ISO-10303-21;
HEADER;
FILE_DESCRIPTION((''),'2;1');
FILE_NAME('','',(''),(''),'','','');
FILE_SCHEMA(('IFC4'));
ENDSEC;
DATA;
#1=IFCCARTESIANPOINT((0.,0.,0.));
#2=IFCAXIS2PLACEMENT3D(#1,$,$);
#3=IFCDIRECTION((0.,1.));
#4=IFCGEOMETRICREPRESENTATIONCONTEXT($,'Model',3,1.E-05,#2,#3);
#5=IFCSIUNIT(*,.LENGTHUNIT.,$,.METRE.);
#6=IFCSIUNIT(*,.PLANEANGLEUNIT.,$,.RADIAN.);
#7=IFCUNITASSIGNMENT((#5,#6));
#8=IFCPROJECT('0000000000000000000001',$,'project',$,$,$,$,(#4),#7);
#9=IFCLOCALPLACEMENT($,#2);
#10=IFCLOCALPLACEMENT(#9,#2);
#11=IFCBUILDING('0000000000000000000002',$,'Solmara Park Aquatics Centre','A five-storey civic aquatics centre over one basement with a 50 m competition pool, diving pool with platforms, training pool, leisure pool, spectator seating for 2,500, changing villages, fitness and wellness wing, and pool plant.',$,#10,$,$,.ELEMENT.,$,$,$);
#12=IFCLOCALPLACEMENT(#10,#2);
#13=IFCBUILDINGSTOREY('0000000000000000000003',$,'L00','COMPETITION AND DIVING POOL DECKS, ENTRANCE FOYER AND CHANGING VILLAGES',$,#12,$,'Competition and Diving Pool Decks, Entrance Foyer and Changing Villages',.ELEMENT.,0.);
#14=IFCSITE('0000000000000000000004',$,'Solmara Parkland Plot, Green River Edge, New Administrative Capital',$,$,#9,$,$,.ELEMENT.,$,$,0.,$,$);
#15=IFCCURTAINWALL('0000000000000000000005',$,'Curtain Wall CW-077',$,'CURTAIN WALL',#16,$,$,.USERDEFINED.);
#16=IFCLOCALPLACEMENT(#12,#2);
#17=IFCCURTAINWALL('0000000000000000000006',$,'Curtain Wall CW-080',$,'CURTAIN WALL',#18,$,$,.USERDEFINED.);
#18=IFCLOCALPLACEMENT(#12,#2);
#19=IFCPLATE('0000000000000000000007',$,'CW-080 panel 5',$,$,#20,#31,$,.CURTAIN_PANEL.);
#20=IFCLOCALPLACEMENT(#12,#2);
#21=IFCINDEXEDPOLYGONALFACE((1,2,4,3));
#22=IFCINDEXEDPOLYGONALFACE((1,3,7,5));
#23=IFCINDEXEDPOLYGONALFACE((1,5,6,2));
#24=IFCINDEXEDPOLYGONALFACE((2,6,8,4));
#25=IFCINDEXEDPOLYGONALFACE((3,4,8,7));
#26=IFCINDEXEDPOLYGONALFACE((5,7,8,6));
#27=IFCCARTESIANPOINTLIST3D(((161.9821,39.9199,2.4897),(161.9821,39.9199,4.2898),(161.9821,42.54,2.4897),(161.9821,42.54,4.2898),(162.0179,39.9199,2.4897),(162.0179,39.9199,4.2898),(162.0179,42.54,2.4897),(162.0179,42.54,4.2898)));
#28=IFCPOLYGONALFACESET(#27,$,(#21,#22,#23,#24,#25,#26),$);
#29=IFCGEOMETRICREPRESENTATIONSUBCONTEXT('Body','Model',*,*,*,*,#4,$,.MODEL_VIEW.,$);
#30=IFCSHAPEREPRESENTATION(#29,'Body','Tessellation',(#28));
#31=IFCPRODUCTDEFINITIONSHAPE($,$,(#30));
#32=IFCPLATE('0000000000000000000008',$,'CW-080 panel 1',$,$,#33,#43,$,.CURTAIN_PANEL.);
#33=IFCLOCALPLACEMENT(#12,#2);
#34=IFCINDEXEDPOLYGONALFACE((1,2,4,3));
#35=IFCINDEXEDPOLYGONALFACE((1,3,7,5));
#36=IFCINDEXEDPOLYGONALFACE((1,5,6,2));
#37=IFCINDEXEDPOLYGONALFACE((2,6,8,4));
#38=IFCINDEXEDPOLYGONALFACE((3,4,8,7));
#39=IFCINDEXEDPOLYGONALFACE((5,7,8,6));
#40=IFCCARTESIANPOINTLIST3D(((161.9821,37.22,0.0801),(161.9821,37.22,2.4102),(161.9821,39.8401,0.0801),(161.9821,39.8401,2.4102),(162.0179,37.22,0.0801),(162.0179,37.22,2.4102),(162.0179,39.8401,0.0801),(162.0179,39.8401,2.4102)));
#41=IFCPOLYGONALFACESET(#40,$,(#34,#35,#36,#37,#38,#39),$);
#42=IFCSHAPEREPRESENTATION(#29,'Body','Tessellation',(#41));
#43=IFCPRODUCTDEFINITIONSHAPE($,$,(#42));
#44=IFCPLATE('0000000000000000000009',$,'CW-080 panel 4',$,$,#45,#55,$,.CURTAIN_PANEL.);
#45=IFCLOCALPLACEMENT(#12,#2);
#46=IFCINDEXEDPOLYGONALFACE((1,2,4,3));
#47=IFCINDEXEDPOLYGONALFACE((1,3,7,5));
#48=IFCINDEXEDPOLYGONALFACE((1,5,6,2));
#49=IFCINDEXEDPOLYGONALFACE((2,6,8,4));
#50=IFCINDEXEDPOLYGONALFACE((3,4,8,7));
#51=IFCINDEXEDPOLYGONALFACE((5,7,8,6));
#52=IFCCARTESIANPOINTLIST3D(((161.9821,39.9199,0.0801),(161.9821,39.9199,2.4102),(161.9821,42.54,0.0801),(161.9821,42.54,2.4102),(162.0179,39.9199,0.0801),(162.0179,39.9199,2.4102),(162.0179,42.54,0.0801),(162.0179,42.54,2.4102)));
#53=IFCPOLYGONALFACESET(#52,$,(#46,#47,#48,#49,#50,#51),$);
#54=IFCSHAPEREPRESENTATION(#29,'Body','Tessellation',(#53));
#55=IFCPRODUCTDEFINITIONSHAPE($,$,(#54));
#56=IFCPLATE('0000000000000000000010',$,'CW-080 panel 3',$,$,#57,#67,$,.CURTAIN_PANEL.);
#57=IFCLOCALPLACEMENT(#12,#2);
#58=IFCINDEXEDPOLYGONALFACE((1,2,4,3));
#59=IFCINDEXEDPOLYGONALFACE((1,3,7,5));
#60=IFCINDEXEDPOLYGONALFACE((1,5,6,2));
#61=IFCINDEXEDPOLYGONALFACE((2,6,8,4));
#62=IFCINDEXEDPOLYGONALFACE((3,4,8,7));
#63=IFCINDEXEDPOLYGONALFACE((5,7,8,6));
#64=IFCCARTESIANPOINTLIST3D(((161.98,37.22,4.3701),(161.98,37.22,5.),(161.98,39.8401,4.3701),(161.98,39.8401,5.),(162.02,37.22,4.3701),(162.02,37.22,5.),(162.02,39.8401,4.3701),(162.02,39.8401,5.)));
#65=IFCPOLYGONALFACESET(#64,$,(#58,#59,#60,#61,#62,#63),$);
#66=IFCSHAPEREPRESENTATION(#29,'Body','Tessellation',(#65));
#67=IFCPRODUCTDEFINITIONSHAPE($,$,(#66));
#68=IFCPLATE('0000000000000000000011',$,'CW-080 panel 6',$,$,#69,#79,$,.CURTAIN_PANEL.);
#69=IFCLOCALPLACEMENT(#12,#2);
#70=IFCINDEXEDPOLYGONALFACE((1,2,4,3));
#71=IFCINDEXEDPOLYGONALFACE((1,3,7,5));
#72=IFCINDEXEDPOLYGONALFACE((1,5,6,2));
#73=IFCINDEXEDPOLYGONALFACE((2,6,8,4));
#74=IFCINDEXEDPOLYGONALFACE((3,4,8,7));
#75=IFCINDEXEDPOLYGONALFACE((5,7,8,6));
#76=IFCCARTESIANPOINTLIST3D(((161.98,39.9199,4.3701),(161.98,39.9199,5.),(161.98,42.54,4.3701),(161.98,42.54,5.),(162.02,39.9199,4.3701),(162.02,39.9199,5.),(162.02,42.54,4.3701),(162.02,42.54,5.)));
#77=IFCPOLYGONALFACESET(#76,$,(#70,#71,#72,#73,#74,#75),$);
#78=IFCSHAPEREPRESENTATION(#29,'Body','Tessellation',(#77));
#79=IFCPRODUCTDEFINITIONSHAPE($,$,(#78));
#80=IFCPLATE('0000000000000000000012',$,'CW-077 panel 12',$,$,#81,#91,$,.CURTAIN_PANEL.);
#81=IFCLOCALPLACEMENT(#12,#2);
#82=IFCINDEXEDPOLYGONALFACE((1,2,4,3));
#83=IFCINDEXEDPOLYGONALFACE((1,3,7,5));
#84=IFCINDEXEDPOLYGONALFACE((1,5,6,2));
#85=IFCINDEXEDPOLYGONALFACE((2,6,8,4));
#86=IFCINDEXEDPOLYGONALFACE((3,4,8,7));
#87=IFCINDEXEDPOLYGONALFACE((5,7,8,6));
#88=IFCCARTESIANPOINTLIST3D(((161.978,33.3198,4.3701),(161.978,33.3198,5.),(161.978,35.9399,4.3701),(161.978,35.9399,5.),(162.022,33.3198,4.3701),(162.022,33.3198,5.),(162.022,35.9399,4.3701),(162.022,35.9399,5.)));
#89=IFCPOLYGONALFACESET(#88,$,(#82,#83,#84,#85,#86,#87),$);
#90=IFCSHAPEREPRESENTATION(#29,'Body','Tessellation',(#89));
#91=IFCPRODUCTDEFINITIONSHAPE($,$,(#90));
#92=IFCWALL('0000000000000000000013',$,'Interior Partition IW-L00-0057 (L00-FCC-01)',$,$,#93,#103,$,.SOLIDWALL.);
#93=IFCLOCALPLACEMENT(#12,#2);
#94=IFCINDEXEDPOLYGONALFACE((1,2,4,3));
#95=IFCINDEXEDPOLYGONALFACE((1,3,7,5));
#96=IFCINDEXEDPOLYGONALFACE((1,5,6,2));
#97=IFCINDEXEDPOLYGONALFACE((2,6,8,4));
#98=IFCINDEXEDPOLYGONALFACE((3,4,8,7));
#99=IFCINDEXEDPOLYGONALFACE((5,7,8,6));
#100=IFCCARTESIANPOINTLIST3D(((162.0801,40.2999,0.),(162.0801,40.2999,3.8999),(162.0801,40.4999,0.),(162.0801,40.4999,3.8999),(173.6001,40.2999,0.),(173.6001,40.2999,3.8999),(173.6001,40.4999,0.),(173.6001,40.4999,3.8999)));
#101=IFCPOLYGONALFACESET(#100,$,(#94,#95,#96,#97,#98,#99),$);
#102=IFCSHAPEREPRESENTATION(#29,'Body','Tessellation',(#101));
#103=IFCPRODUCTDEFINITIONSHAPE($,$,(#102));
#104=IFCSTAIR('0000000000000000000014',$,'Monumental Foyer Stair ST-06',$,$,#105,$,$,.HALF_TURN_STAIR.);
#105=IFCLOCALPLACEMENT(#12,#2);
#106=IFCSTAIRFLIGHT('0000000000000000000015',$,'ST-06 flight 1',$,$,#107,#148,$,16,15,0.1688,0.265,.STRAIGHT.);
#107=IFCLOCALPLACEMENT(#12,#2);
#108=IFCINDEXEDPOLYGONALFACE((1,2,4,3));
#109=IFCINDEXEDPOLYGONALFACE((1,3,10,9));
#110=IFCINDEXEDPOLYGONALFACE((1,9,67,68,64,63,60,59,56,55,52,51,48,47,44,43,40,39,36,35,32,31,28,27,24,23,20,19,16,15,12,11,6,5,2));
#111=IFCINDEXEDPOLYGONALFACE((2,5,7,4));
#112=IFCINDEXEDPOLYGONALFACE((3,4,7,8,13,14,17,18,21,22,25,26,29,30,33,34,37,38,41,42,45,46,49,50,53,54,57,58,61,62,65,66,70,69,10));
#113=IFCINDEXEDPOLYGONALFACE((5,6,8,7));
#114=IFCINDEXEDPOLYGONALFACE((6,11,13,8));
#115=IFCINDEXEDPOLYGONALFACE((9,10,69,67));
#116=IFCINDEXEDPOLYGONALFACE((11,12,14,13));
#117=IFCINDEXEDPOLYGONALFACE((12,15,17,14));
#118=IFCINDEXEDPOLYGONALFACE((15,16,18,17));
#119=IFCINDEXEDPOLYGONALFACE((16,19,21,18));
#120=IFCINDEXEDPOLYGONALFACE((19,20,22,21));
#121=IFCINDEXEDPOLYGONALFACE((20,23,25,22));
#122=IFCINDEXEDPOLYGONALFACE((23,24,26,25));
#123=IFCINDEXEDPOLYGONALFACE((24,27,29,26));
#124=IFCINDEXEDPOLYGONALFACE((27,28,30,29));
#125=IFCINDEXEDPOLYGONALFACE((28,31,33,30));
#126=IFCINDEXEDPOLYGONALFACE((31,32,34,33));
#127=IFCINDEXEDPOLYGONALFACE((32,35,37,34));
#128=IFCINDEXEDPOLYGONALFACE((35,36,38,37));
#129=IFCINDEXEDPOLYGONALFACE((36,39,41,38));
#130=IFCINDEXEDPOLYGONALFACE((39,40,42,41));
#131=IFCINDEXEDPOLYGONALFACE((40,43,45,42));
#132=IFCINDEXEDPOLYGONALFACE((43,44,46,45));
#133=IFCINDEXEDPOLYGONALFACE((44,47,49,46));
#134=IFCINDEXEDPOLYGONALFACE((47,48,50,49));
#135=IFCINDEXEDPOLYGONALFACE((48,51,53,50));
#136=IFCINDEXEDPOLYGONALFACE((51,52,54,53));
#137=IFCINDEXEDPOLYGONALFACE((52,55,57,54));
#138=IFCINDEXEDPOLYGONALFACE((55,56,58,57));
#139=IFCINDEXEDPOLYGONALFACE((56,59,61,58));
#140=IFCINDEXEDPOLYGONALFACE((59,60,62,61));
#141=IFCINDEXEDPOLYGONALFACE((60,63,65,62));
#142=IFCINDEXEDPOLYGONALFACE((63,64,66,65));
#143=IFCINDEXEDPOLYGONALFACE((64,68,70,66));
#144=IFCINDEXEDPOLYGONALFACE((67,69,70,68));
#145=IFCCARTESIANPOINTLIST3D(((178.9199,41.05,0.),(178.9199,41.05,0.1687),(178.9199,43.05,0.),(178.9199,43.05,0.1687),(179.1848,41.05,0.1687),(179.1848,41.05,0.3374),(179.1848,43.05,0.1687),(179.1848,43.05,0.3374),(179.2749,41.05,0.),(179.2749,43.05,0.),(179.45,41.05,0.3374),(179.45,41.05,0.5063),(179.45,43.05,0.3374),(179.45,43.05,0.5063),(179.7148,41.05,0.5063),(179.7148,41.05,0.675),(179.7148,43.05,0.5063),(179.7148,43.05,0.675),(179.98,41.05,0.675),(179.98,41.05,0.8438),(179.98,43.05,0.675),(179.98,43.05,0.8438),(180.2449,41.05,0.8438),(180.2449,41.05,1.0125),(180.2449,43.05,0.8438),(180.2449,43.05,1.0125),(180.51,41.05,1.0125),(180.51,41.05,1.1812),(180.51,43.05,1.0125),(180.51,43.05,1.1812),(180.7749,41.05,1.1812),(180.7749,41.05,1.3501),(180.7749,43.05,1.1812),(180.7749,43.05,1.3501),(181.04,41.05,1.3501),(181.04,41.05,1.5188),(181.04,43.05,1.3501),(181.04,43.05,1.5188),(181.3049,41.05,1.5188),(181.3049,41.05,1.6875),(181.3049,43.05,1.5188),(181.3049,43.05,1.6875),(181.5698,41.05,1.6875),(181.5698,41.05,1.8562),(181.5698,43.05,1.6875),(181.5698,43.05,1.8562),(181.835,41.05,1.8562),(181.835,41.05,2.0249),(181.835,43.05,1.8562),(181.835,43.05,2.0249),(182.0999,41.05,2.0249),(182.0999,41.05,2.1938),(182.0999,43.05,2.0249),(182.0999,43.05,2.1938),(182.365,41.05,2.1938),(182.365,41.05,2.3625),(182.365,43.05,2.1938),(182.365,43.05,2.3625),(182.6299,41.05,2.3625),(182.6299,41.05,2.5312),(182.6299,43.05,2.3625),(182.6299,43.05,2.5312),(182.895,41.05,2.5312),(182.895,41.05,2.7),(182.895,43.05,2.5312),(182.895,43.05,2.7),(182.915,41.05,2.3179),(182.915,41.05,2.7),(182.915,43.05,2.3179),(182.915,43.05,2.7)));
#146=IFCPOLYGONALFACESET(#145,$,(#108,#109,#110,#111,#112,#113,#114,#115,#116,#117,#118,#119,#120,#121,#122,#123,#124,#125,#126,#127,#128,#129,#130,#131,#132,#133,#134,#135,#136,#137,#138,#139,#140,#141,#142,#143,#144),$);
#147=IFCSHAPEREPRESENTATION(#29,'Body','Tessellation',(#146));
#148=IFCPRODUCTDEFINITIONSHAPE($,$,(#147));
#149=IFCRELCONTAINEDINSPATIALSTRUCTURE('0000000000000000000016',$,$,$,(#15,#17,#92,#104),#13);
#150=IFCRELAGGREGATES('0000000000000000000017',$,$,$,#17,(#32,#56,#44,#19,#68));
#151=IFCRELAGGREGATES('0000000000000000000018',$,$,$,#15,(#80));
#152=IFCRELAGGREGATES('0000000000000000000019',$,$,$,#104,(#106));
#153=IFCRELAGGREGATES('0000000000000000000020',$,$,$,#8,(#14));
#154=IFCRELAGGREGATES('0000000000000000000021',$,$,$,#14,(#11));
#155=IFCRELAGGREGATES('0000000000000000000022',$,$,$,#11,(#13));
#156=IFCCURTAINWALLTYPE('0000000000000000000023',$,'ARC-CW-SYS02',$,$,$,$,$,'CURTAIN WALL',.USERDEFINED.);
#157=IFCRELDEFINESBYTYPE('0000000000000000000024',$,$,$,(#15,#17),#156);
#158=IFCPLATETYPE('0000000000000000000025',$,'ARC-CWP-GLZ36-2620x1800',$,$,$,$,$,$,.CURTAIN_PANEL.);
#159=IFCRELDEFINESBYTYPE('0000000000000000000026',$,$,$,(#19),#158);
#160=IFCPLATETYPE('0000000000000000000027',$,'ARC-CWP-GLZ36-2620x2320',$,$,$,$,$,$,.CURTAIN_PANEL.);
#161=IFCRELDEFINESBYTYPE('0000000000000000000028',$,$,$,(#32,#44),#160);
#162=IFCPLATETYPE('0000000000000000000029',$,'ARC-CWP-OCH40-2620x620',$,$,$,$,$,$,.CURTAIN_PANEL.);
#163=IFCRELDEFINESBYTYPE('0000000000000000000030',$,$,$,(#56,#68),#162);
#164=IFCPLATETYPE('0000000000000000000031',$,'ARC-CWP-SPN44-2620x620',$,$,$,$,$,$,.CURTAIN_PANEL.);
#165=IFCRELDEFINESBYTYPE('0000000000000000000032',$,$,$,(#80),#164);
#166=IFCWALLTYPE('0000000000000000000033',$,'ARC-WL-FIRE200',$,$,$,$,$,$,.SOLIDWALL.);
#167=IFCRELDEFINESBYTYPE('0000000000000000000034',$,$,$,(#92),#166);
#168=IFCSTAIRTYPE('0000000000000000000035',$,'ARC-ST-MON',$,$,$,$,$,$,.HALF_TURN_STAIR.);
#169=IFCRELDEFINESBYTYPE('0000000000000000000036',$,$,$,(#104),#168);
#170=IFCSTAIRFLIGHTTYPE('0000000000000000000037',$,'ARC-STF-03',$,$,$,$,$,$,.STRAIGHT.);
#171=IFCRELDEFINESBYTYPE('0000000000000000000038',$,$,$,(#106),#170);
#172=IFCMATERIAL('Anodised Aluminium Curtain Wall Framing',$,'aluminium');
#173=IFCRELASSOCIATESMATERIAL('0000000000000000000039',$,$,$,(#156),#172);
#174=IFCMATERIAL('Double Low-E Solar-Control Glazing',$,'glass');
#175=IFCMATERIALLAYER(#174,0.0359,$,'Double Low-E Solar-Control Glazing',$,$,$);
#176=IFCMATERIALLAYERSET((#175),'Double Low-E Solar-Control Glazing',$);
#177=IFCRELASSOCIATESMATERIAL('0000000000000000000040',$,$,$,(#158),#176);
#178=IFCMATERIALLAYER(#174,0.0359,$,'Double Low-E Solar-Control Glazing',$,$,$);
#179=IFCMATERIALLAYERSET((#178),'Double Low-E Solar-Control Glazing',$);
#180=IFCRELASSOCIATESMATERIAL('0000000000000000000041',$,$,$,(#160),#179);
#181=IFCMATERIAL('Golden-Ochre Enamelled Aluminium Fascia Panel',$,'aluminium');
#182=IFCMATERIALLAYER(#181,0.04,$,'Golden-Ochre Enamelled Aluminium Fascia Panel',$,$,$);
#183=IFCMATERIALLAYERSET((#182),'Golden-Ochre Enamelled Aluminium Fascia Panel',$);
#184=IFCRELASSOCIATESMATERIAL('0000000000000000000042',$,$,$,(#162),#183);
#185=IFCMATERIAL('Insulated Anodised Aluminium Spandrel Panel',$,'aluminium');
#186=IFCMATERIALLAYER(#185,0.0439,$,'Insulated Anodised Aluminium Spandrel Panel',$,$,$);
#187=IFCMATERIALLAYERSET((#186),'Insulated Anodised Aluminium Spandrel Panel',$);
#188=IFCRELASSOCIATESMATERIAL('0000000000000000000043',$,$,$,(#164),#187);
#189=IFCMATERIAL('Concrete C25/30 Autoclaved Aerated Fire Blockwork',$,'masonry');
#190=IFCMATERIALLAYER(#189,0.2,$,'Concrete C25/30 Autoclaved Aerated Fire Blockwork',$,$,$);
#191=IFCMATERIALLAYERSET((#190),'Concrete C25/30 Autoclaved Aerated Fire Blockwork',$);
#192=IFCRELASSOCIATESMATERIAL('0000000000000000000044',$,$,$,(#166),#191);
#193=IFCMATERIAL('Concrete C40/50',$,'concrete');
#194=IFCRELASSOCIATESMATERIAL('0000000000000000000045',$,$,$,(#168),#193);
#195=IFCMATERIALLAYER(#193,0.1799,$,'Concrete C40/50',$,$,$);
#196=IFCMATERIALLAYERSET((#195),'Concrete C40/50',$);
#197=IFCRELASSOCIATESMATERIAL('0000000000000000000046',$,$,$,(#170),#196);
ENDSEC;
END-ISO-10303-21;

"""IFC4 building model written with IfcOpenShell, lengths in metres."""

from ifc_helpers import new_model, si_unit, direction, frame, frame_2d, origin, origin_2d, place, context, subcontext, project, spatial, polyline, rectangle, outline, extrude, material, layer, layer_set, type_object, element, aggregate, save


model = new_model("IFC4")

# Units and contexts
model_context = context("Model", 3, precision=1e-05, world=origin(), true_north=direction((0.0, 1.0)))
body_context = subcontext(model_context, "Body", "Model", "MODEL_VIEW")
ifc_project = project(units=[si_unit("LENGTHUNIT", "METRE"), si_unit("PLANEANGLEUNIT", "RADIAN")], contexts=[model_context])

# Site, building, storey
site_placement = place(None, origin())
site = spatial("IfcSite", under=ifc_project, at=site_placement, Name="Solmara Parkland Plot, Green River Edge, New Administrative Capital", CompositionType="ELEMENT", RefElevation=0.0)
building_placement = place(site_placement, origin())
building = spatial("IfcBuilding", under=site, at=building_placement, Name="Solmara Park Aquatics Centre", Description="A five-storey civic aquatics centre over one basement with a 50 m competition pool, diving pool with platforms, training pool, leisure pool, spectator seating for 2,500, changing villages, fitness and wellness wing, and pool plant.", CompositionType="ELEMENT")
storey_placement = place(building_placement, origin())
storey = spatial("IfcBuildingStorey", under=building, at=storey_placement, Name="L00", Description="COMPETITION AND DIVING POOL DECKS, ENTRANCE FOYER AND CHANGING VILLAGES", LongName="Competition and Diving Pool Decks, Entrance Foyer and Changing Villages", CompositionType="ELEMENT", Elevation=0.0)

# Shared definitions
ifc_material_1 = material(Name="Concrete C40/50", Category="concrete")

# Curtain wall
ifc_material_2 = material(Name="Anodised Aluminium Curtain Wall Framing", Category="aluminium")
curtain_wall_type = type_object("IfcCurtainWallType", Name="ARC-CW-SYS02", ElementType="CURTAIN WALL", PredefinedType="USERDEFINED", material=ifc_material_2)
curtain_wall_1_placement = place(storey_placement, origin())
curtain_wall_1 = element("IfcCurtainWall", 1, at=curtain_wall_1_placement, inside=storey, type_object=curtain_wall_type, Name="Curtain Wall CW-077", ObjectType="CURTAIN WALL", PredefinedType="USERDEFINED")

# Curtain wall
curtain_wall_2_placement = place(storey_placement, origin())
curtain_wall_2 = element("IfcCurtainWall", 2, at=curtain_wall_2_placement, inside=storey, type_object=curtain_wall_type, Name="Curtain Wall CW-080", ObjectType="CURTAIN WALL", PredefinedType="USERDEFINED")

# Plates
ifc_material_3 = material(Name="Double Low-E Solar-Control Glazing", Category="glass")
ifc_layer_1 = layer(ifc_material_3, 0.0359, Name="Double Low-E Solar-Control Glazing")
ifc_layer_set_1 = layer_set([ifc_layer_1], Name="Double Low-E Solar-Control Glazing")
plate_type_1 = type_object("IfcPlateType", Name="ARC-CWP-GLZ36-2620x1800", PredefinedType="CURTAIN_PANEL", material=ifc_layer_set_1)
plate_1_placement = place(storey_placement, frame((162.0, 41.23, 2.4897), z_axis=(0.0, 0.0, 1.0), x_axis=(0.0, 1.0, 0.0)))
plate_1 = element("IfcPlate", 3, at=plate_1_placement, type_object=plate_type_1, Name="CW-080 panel 5", PredefinedType="CURTAIN_PANEL", context=body_context, shape_type="SweptSolid", body=[
    extrude(rectangle(XDim=2.6201, YDim=0.0359, at=origin_2d()), origin(), (0.0, 0.0, 1.0), 1.8),
])
ifc_layer_2 = layer(ifc_material_3, 0.0359, Name="Double Low-E Solar-Control Glazing")
ifc_layer_set_2 = layer_set([ifc_layer_2], Name="Double Low-E Solar-Control Glazing")
plate_type_2 = type_object("IfcPlateType", Name="ARC-CWP-GLZ36-2620x2320", PredefinedType="CURTAIN_PANEL", material=ifc_layer_set_2)
plate_2_placement = place(storey_placement, frame((162.0, 38.53, 0.0801), z_axis=(0.0, 0.0, 1.0), x_axis=(0.0, 1.0, 0.0)))
plate_2 = element("IfcPlate", 4, at=plate_2_placement, type_object=plate_type_2, Name="CW-080 panel 1", PredefinedType="CURTAIN_PANEL", context=body_context, shape_type="SweptSolid", body=[
    extrude(rectangle(XDim=2.6201, YDim=0.0359, at=origin_2d()), origin(), (0.0, 0.0, 1.0), 2.3301),
])
plate_3_placement = place(storey_placement, frame((162.0, 41.23, 0.0801), z_axis=(0.0, 0.0, 1.0), x_axis=(0.0, 1.0, 0.0)))
plate_3 = element("IfcPlate", 5, at=plate_3_placement, type_object=plate_type_2, Name="CW-080 panel 4", PredefinedType="CURTAIN_PANEL", context=body_context, shape_type="SweptSolid", body=[
    extrude(rectangle(XDim=2.6201, YDim=0.0359, at=origin_2d()), origin(), (0.0, 0.0, 1.0), 2.3301),
])
ifc_material_4 = material(Name="Golden-Ochre Enamelled Aluminium Fascia Panel", Category="aluminium")
ifc_layer_3 = layer(ifc_material_4, 0.04, Name="Golden-Ochre Enamelled Aluminium Fascia Panel")
ifc_layer_set_3 = layer_set([ifc_layer_3], Name="Golden-Ochre Enamelled Aluminium Fascia Panel")
plate_type_3 = type_object("IfcPlateType", Name="ARC-CWP-OCH40-2620x620", PredefinedType="CURTAIN_PANEL", material=ifc_layer_set_3)
plate_4_placement = place(storey_placement, frame((162.0, 38.53, 4.3701), z_axis=(0.0, 0.0, 1.0), x_axis=(0.0, 1.0, 0.0)))
plate_4 = element("IfcPlate", 6, at=plate_4_placement, type_object=plate_type_3, Name="CW-080 panel 3", PredefinedType="CURTAIN_PANEL", context=body_context, shape_type="SweptSolid", body=[
    extrude(rectangle(XDim=2.6201, YDim=0.04, at=origin_2d()), origin(), (0.0, 0.0, 1.0), 0.6299),
])
plate_5_placement = place(storey_placement, frame((162.0, 41.23, 4.3701), z_axis=(0.0, 0.0, 1.0), x_axis=(0.0, 1.0, 0.0)))
plate_5 = element("IfcPlate", 7, at=plate_5_placement, type_object=plate_type_3, Name="CW-080 panel 6", PredefinedType="CURTAIN_PANEL", context=body_context, shape_type="SweptSolid", body=[
    extrude(rectangle(XDim=2.6201, YDim=0.04, at=origin_2d()), origin(), (0.0, 0.0, 1.0), 0.6299),
])
aggregate(curtain_wall_2, [plate_2, plate_4, plate_3, plate_1, plate_5])
ifc_material_5 = material(Name="Insulated Anodised Aluminium Spandrel Panel", Category="aluminium")
ifc_layer_4 = layer(ifc_material_5, 0.0439, Name="Insulated Anodised Aluminium Spandrel Panel")
ifc_layer_set_4 = layer_set([ifc_layer_4], Name="Insulated Anodised Aluminium Spandrel Panel")
plate_type_4 = type_object("IfcPlateType", Name="ARC-CWP-SPN44-2620x620", PredefinedType="CURTAIN_PANEL", material=ifc_layer_set_4)
plate_6_placement = place(storey_placement, frame((162.0, 34.6299, 4.3701), z_axis=(0.0, 0.0, 1.0), x_axis=(0.0, 1.0, 0.0)))
plate_6 = element("IfcPlate", 8, at=plate_6_placement, type_object=plate_type_4, Name="CW-077 panel 12", PredefinedType="CURTAIN_PANEL", context=body_context, shape_type="SweptSolid", body=[
    extrude(rectangle(XDim=2.6201, YDim=0.0439, at=origin_2d()), origin(), (0.0, 0.0, 1.0), 0.6299),
])
aggregate(curtain_wall_1, [plate_6])

# Wall
ifc_material_6 = material(Name="Concrete C25/30 Autoclaved Aerated Fire Blockwork", Category="masonry")
ifc_layer_5 = layer(ifc_material_6, 0.2, Name="Concrete C25/30 Autoclaved Aerated Fire Blockwork")
ifc_layer_set_5 = layer_set([ifc_layer_5], Name="Concrete C25/30 Autoclaved Aerated Fire Blockwork")
wall_type_1 = type_object("IfcWallType", Name="ARC-WL-FIRE200", PredefinedType="SOLIDWALL", material=ifc_layer_set_5)
wall_1_placement = place(storey_placement, frame((162.0801, 40.3999, 0.0), z_axis=(0.0, 0.0, 1.0), x_axis=(1.0, 0.0, 0.0)))
element("IfcWall", 9, at=wall_1_placement, inside=storey, type_object=wall_type_1, Name="Interior Partition IW-L00-0057 (L00-FCC-01)", PredefinedType="SOLIDWALL", context=body_context, shape_type="SweptSolid", body=[
    extrude(rectangle(XDim=11.52, YDim=0.2, at=frame_2d((5.76, 0.0))), origin(), (0.0, 0.0, 1.0), 3.8999),
])

# Stair, stair flight
stair_type = type_object("IfcStairType", Name="ARC-ST-MON", PredefinedType="HALF_TURN_STAIR", material=ifc_material_1)
stair_placement = place(storey_placement, origin())
stair = element("IfcStair", 10, at=stair_placement, inside=storey, type_object=stair_type, Name="Monumental Foyer Stair ST-06", PredefinedType="HALF_TURN_STAIR")
ifc_layer_6 = layer(ifc_material_1, 0.1799, Name="Concrete C40/50")
ifc_layer_set_6 = layer_set([ifc_layer_6], Name="Concrete C40/50")
stair_flight_type = type_object("IfcStairFlightType", Name="ARC-STF-03", PredefinedType="STRAIGHT", material=ifc_layer_set_6)
stair_flight_placement = place(storey_placement, frame((178.9199, 42.05, 0.0), z_axis=(0.0, 0.0, 1.0), x_axis=(1.0, 0.0, 0.0)))
stair_flight = element("IfcStairFlight", 11, at=stair_flight_placement, type_object=stair_flight_type, Name="ST-06 flight 1", NumberOfRisers=16, NumberOfTreads=15, PredefinedType="STRAIGHT", RiserHeight=0.1688, TreadLength=0.265, context=body_context, shape_type="SweptSolid", body=[
    extrude(outline(polyline([(0.0, 0.0), (0.0, 0.1687), (0.2649, 0.1687), (0.2649, 0.3374), (0.53, 0.3374), (0.53, 0.5063), (0.7949, 0.5063), (0.7949, 0.675), (1.0601, 0.675), (1.0601, 0.8438), (1.325, 0.8438), (1.325, 1.0125), (1.5901, 1.0125), (1.5901, 1.1812), (1.855, 1.1812), (1.855, 1.3501), (2.1201, 1.3501), (2.1201, 1.5188), (2.385, 1.5188), (2.385, 1.6875), (2.6499, 1.6875), (2.6499, 1.8562), (2.915, 1.8562), (2.915, 2.0249), (3.1799, 2.0249), (3.1799, 2.1938), (3.4451, 2.1938), (3.4451, 2.3625), (3.71, 2.3625), (3.71, 2.5312), (3.9751, 2.5312), (3.9751, 2.7), (3.9951, 2.7), (3.9951, 2.3179), (0.355, 0.0), (0.0, 0.0)])), frame((0.0, 1.0, 0.0), z_axis=(0.0, -1.0, 0.0), x_axis=(1.0, 0.0, 0.0)), (0.0, 0.0, 1.0), 2.0),
])
aggregate(stair, [stair_flight])

save(model, "model.ifc")
